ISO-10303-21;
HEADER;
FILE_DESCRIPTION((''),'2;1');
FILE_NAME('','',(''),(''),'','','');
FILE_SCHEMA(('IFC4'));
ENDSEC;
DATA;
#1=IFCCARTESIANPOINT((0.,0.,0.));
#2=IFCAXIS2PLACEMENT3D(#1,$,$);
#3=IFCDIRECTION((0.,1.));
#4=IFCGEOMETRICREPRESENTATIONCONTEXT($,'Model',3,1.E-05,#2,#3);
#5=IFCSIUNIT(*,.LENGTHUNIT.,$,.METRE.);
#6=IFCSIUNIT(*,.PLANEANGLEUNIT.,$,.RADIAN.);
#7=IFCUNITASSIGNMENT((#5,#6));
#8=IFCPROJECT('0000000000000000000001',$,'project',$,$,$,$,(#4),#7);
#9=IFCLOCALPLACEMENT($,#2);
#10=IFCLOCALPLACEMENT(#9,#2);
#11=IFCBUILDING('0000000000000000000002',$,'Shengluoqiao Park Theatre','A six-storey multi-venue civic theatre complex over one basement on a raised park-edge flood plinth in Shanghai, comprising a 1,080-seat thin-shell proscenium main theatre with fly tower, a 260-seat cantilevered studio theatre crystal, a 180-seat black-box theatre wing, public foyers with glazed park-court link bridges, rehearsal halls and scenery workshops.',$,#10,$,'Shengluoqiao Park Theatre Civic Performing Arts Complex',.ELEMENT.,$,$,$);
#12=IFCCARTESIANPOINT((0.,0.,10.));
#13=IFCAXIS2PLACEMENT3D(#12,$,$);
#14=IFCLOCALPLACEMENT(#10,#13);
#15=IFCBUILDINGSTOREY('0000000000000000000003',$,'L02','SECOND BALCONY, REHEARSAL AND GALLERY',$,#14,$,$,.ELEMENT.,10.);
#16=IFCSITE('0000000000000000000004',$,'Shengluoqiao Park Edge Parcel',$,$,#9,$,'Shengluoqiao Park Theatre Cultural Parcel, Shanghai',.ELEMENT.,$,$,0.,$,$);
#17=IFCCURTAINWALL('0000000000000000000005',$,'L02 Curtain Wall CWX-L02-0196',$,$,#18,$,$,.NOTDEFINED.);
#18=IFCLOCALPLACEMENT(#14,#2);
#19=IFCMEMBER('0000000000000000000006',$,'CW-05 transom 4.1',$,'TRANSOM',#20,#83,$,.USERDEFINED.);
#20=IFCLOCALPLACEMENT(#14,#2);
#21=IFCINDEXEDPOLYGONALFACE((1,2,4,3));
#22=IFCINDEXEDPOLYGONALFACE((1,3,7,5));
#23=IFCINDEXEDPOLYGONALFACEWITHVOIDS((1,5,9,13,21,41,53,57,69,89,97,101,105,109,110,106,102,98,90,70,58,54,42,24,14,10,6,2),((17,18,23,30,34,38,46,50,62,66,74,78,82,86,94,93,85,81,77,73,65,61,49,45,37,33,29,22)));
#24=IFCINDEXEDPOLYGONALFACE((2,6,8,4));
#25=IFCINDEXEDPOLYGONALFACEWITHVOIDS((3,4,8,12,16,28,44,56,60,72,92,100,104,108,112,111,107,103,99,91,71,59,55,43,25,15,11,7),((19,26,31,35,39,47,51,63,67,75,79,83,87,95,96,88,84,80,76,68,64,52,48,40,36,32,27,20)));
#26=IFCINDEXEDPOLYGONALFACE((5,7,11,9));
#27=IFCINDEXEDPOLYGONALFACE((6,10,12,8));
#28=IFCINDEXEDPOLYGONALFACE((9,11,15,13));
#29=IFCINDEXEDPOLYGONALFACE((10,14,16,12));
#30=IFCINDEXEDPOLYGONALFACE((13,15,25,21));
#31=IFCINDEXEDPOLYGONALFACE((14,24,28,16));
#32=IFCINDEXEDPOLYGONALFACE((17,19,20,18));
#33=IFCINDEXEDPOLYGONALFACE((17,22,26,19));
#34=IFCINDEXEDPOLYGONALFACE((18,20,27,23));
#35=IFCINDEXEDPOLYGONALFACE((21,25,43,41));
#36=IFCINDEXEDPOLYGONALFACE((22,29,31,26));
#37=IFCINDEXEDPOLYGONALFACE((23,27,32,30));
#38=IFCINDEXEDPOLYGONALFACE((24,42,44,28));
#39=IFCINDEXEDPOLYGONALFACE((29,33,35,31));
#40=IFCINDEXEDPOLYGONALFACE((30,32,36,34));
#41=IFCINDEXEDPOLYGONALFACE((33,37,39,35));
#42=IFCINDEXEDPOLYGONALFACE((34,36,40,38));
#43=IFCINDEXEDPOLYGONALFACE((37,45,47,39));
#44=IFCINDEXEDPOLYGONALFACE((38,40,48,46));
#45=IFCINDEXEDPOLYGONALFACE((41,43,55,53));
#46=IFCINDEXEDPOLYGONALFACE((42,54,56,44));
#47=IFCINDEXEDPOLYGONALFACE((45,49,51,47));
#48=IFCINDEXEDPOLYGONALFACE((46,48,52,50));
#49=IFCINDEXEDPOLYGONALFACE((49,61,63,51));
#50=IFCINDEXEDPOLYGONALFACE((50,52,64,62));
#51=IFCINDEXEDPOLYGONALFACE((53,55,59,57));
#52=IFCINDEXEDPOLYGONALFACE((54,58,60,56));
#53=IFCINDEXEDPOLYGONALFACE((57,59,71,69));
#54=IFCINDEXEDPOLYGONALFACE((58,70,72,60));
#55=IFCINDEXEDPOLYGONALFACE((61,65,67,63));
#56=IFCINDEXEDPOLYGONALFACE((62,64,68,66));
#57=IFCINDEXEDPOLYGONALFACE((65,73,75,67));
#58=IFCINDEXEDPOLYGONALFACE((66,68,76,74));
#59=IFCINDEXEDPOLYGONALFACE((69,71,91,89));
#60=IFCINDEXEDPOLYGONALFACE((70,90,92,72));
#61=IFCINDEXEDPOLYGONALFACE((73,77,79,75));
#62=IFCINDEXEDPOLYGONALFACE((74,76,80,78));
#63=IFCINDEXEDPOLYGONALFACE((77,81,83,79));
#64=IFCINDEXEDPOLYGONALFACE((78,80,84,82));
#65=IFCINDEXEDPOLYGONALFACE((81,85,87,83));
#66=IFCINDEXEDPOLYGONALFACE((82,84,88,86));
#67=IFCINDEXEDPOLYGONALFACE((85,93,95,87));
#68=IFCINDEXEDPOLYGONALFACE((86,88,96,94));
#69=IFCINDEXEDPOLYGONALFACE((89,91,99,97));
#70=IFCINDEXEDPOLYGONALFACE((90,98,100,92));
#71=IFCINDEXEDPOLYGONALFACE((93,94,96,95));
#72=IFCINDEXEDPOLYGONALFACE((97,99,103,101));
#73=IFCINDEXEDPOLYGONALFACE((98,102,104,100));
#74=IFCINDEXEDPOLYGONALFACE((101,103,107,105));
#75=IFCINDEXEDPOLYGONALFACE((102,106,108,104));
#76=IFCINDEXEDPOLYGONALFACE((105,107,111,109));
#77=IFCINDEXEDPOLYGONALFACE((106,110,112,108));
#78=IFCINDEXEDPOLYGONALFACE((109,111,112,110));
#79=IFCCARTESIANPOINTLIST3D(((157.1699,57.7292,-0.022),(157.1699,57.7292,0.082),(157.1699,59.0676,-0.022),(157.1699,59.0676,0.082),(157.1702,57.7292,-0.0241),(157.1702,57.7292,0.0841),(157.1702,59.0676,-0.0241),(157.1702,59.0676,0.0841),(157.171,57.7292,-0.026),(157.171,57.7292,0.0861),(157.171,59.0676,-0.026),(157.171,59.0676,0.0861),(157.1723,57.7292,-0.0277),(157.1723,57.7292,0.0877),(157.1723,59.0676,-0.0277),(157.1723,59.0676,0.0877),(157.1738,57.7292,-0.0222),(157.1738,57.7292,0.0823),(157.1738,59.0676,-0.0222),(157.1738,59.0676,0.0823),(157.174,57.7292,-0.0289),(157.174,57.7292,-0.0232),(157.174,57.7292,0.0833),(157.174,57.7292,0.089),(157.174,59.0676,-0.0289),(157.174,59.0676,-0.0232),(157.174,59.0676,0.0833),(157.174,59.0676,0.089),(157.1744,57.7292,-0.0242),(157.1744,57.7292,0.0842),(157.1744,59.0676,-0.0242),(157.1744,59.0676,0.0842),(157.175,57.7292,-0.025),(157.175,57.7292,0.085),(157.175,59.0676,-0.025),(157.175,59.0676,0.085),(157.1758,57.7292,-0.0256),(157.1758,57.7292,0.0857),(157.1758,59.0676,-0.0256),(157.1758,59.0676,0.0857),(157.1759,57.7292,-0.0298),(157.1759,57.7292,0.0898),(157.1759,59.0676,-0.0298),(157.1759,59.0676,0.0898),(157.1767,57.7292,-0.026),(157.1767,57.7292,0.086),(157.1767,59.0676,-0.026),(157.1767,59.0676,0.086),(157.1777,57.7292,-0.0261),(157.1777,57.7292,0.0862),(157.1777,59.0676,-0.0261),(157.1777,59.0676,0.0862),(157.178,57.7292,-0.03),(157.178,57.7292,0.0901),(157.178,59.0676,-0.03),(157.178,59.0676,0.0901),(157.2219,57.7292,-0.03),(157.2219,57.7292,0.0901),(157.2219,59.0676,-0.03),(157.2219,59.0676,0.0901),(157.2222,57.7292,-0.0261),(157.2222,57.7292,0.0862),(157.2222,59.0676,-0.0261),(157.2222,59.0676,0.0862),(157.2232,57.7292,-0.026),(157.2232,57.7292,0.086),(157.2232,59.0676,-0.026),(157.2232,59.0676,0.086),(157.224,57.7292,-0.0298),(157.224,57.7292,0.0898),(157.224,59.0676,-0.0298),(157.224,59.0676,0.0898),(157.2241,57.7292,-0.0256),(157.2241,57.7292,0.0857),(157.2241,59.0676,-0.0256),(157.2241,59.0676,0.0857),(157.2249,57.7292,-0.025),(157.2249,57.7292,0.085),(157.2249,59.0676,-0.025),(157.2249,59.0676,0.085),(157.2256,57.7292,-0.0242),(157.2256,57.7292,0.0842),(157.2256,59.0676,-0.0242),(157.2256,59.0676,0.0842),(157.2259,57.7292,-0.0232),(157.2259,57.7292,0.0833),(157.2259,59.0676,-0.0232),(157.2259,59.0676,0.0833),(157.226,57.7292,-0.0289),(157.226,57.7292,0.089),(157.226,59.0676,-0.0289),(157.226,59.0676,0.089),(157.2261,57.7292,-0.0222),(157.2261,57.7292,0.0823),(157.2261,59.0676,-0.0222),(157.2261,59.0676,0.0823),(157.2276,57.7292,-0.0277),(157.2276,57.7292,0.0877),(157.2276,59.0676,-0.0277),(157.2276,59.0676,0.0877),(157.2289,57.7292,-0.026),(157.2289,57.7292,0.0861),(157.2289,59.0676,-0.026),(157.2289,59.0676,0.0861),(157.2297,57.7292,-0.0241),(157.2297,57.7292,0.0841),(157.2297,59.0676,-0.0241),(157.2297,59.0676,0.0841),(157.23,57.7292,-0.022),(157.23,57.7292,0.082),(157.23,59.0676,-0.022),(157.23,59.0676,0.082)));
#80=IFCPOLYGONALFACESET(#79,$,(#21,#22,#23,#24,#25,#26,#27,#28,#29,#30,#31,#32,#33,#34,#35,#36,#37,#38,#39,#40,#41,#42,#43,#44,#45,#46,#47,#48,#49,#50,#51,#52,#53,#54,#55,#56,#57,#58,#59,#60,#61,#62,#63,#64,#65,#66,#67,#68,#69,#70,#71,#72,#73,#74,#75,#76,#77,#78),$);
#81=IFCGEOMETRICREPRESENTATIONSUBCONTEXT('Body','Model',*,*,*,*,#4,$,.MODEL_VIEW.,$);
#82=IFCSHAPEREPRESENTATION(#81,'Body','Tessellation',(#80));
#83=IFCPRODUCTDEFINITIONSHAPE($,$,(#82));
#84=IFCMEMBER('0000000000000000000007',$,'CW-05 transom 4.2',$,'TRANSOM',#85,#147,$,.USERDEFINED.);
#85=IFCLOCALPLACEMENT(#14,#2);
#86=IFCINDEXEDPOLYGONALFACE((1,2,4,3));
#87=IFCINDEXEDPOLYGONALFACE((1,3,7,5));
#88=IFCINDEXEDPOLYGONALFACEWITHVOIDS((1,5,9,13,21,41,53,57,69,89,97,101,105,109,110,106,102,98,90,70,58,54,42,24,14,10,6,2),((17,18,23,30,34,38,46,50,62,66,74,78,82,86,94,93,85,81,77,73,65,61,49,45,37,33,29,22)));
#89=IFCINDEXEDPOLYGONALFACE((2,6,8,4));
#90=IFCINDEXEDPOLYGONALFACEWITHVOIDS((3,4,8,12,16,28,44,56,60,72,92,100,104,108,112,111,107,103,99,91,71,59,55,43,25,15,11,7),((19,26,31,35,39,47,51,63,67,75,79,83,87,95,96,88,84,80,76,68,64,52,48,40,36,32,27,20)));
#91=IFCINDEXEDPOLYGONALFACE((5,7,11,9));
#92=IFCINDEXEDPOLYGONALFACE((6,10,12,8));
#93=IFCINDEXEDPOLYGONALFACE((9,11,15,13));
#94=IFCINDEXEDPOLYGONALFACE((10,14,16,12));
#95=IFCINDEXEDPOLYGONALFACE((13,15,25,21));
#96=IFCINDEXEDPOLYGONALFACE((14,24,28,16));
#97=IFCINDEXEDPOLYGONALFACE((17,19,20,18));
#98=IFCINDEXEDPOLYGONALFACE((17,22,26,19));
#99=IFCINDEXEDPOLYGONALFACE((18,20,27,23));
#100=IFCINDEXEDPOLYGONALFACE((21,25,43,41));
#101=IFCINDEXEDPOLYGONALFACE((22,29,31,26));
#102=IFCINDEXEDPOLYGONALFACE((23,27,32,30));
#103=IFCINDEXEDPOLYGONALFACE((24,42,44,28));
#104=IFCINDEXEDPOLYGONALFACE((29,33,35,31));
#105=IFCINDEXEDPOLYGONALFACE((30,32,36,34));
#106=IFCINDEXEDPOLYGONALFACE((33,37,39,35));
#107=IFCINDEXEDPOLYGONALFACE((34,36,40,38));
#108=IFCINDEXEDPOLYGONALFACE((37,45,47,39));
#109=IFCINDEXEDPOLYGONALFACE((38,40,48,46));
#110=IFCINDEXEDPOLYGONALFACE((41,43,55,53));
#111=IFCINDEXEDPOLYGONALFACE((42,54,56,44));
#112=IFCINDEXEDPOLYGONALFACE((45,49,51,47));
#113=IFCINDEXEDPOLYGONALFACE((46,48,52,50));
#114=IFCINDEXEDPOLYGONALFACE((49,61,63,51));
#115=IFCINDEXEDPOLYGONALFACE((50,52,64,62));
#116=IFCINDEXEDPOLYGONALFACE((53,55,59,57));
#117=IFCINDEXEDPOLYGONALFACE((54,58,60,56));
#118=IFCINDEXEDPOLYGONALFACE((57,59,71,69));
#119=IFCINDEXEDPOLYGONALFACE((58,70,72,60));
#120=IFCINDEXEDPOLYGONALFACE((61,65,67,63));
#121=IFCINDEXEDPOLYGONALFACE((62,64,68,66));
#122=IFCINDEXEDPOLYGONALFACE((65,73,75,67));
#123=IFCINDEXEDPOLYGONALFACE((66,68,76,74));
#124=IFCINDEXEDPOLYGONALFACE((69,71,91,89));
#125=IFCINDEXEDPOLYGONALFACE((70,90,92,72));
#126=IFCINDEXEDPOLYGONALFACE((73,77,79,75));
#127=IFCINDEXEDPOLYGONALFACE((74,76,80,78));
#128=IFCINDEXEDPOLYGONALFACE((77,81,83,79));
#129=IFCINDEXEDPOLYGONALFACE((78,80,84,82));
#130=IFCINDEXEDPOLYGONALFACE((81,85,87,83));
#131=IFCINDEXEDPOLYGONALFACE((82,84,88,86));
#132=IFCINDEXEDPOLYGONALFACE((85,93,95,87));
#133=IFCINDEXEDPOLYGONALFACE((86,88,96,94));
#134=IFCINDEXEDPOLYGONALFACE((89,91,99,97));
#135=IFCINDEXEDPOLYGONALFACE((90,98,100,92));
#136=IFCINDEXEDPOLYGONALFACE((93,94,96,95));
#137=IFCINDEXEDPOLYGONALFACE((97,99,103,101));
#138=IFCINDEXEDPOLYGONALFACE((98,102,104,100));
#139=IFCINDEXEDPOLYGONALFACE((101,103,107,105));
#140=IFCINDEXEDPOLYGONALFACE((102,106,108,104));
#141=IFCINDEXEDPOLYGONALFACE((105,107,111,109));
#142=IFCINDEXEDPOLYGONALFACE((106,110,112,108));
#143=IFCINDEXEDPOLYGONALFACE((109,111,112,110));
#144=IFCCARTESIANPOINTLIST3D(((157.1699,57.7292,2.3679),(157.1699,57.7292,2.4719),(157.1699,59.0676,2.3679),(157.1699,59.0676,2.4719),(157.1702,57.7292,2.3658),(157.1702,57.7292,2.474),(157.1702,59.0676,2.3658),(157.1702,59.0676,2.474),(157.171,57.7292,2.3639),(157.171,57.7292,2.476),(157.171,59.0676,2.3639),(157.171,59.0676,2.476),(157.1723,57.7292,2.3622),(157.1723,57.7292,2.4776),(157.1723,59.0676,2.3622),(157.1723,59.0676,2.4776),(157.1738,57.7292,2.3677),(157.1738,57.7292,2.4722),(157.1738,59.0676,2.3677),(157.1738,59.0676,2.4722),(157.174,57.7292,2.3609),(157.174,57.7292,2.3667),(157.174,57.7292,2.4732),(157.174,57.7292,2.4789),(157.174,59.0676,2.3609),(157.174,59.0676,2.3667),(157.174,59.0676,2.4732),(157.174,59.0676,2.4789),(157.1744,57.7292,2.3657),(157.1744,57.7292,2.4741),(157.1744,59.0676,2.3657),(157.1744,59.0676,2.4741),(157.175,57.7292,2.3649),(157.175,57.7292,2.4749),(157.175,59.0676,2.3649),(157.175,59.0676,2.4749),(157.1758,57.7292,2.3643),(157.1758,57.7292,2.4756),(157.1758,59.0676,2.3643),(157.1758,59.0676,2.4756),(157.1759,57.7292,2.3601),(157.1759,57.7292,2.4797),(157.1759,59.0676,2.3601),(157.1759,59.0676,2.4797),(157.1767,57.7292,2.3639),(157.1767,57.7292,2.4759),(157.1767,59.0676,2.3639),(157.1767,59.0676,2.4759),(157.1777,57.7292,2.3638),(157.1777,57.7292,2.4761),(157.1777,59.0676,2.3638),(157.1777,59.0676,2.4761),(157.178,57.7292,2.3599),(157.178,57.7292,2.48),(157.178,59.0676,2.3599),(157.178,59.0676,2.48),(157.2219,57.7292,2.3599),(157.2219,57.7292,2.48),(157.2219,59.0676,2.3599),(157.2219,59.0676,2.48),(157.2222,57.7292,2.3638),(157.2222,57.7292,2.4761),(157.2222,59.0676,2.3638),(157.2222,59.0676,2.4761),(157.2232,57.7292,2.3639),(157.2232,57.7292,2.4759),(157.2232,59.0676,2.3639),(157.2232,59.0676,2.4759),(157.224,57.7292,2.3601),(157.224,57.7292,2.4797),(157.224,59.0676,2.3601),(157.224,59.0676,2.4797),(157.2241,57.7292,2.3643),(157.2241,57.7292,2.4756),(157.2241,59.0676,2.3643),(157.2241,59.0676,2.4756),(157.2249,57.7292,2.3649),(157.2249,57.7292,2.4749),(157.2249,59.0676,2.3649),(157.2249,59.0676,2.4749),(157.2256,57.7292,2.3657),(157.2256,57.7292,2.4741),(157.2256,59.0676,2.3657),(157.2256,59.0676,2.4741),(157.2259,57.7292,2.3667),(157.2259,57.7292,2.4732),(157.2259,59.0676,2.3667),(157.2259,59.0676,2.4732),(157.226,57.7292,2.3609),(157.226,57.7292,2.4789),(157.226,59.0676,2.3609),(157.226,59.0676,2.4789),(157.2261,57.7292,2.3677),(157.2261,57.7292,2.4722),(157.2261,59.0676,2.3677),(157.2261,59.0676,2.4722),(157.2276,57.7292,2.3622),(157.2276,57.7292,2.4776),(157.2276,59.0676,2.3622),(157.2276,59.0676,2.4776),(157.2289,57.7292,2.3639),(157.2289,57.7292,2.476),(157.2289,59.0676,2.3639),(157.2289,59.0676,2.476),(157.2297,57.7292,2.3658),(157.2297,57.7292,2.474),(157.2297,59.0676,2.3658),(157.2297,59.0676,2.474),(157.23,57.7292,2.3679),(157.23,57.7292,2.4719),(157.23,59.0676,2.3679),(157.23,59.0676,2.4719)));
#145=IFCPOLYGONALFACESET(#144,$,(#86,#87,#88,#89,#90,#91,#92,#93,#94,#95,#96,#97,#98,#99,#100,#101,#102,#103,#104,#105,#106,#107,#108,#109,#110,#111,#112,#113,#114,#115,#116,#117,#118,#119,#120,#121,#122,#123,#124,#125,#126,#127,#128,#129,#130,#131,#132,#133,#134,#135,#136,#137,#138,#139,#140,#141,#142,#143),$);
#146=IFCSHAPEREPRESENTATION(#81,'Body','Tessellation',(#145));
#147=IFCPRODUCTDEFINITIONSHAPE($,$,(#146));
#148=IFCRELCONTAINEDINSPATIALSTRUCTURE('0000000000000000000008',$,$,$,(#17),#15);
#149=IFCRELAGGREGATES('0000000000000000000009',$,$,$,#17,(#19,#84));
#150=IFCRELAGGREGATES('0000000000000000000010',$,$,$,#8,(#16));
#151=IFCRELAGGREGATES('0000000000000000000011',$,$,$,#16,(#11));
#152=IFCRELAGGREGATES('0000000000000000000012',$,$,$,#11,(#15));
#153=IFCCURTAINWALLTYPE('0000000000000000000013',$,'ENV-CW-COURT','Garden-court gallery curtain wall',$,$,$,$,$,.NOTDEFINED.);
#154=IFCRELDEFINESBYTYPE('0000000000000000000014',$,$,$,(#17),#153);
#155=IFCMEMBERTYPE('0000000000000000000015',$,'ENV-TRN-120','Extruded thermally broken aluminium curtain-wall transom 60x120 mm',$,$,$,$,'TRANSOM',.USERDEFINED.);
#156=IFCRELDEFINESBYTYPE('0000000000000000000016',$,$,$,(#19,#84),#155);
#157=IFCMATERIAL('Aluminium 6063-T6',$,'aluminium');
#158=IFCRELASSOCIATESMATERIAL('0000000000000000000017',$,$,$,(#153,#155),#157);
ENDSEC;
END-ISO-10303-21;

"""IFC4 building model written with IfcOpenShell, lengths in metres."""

from ifc_helpers import new_model, si_unit, direction, frame, origin, origin_2d, place, context, subcontext, project, spatial, hollow_rectangle, extrude, material, material_profile, profile_set, type_object, element, aggregate, save


model = new_model("IFC4")

# Units and contexts
model_context = context("Model", 3, precision=1e-05, world=origin(), true_north=direction((0.0, 1.0)))
body_context = subcontext(model_context, "Body", "Model", "MODEL_VIEW")
ifc_project = project(units=[si_unit("LENGTHUNIT", "METRE"), si_unit("PLANEANGLEUNIT", "RADIAN")], contexts=[model_context])

# Site, building, storey
site_placement = place(None, origin())
site = spatial("IfcSite", under=ifc_project, at=site_placement, Name="Shengluoqiao Park Edge Parcel", LongName="Shengluoqiao Park Theatre Cultural Parcel, Shanghai", CompositionType="ELEMENT", RefElevation=0.0)
building_placement = place(site_placement, origin())
building = spatial("IfcBuilding", under=site, at=building_placement, Name="Shengluoqiao Park Theatre", Description="A six-storey multi-venue civic theatre complex over one basement on a raised park-edge flood plinth in Shanghai, comprising a 1,080-seat thin-shell proscenium main theatre with fly tower, a 260-seat cantilevered studio theatre crystal, a 180-seat black-box theatre wing, public foyers with glazed park-court link bridges, rehearsal halls and scenery workshops.", LongName="Shengluoqiao Park Theatre Civic Performing Arts Complex", CompositionType="ELEMENT")
storey_placement = place(building_placement, frame((0.0, 0.0, 10.0)))
storey = spatial("IfcBuildingStorey", under=building, at=storey_placement, Name="L02", Description="SECOND BALCONY, REHEARSAL AND GALLERY", CompositionType="ELEMENT", Elevation=10.0)

# Curtain wall, members
ifc_material_1 = material(Name="Aluminium 6063-T6", Category="aluminium")
curtain_wall_type = type_object("IfcCurtainWallType", Name="ENV-CW-COURT", Description="Garden-court gallery curtain wall", PredefinedType="NOTDEFINED", material=ifc_material_1)
curtain_wall_placement = place(storey_placement, origin())
curtain_wall = element("IfcCurtainWall", 1, at=curtain_wall_placement, inside=storey, type_object=curtain_wall_type, Name="L02 Curtain Wall CWX-L02-0196", PredefinedType="NOTDEFINED")
ifc_material_profile_1 = material_profile(ifc_material_1, hollow_rectangle(XDim=0.0601, YDim=0.1201, WallThickness=0.0039, InnerFilletRadius=0.0039, OuterFilletRadius=0.0081, at=origin_2d()), Name="ALU TRANSOM 120x60x4")
ifc_profile_set_1 = profile_set([ifc_material_profile_1], Name="Aluminium 6063-T6")
member_type_1 = type_object("IfcMemberType", Name="ENV-TRN-120", Description="Extruded thermally broken aluminium curtain-wall transom 60x120 mm", ElementType="TRANSOM", PredefinedType="USERDEFINED", material=ifc_profile_set_1)
member_1_placement = place(storey_placement, frame((157.2, 57.7292, 0.03), z_axis=(0.0, 1.0, 0.0), x_axis=(-1.0, 0.0, 0.0)))
member_1 = element("IfcMember", 2, at=member_1_placement, type_object=member_type_1, Name="CW-05 transom 4.1", ObjectType="TRANSOM", PredefinedType="USERDEFINED", context=body_context, shape_type="SweptSolid", body=[
    extrude(hollow_rectangle(XDim=0.0601, YDim=0.1201, WallThickness=0.0039, InnerFilletRadius=0.0039, OuterFilletRadius=0.0081, at=origin_2d()), origin(), (0.0, 0.0, 1.0), 1.3384),
])
member_2_placement = place(storey_placement, frame((157.2, 57.7292, 2.4199), z_axis=(0.0, 1.0, 0.0), x_axis=(-1.0, 0.0, 0.0)))
member_2 = element("IfcMember", 3, at=member_2_placement, type_object=member_type_1, Name="CW-05 transom 4.2", ObjectType="TRANSOM", PredefinedType="USERDEFINED", context=body_context, shape_type="SweptSolid", body=[
    extrude(hollow_rectangle(XDim=0.0601, YDim=0.1201, WallThickness=0.0039, InnerFilletRadius=0.0039, OuterFilletRadius=0.0081, at=origin_2d()), origin(), (0.0, 0.0, 1.0), 1.3384),
])
aggregate(curtain_wall, [member_1, member_2])

save(model, "model.ifc")
